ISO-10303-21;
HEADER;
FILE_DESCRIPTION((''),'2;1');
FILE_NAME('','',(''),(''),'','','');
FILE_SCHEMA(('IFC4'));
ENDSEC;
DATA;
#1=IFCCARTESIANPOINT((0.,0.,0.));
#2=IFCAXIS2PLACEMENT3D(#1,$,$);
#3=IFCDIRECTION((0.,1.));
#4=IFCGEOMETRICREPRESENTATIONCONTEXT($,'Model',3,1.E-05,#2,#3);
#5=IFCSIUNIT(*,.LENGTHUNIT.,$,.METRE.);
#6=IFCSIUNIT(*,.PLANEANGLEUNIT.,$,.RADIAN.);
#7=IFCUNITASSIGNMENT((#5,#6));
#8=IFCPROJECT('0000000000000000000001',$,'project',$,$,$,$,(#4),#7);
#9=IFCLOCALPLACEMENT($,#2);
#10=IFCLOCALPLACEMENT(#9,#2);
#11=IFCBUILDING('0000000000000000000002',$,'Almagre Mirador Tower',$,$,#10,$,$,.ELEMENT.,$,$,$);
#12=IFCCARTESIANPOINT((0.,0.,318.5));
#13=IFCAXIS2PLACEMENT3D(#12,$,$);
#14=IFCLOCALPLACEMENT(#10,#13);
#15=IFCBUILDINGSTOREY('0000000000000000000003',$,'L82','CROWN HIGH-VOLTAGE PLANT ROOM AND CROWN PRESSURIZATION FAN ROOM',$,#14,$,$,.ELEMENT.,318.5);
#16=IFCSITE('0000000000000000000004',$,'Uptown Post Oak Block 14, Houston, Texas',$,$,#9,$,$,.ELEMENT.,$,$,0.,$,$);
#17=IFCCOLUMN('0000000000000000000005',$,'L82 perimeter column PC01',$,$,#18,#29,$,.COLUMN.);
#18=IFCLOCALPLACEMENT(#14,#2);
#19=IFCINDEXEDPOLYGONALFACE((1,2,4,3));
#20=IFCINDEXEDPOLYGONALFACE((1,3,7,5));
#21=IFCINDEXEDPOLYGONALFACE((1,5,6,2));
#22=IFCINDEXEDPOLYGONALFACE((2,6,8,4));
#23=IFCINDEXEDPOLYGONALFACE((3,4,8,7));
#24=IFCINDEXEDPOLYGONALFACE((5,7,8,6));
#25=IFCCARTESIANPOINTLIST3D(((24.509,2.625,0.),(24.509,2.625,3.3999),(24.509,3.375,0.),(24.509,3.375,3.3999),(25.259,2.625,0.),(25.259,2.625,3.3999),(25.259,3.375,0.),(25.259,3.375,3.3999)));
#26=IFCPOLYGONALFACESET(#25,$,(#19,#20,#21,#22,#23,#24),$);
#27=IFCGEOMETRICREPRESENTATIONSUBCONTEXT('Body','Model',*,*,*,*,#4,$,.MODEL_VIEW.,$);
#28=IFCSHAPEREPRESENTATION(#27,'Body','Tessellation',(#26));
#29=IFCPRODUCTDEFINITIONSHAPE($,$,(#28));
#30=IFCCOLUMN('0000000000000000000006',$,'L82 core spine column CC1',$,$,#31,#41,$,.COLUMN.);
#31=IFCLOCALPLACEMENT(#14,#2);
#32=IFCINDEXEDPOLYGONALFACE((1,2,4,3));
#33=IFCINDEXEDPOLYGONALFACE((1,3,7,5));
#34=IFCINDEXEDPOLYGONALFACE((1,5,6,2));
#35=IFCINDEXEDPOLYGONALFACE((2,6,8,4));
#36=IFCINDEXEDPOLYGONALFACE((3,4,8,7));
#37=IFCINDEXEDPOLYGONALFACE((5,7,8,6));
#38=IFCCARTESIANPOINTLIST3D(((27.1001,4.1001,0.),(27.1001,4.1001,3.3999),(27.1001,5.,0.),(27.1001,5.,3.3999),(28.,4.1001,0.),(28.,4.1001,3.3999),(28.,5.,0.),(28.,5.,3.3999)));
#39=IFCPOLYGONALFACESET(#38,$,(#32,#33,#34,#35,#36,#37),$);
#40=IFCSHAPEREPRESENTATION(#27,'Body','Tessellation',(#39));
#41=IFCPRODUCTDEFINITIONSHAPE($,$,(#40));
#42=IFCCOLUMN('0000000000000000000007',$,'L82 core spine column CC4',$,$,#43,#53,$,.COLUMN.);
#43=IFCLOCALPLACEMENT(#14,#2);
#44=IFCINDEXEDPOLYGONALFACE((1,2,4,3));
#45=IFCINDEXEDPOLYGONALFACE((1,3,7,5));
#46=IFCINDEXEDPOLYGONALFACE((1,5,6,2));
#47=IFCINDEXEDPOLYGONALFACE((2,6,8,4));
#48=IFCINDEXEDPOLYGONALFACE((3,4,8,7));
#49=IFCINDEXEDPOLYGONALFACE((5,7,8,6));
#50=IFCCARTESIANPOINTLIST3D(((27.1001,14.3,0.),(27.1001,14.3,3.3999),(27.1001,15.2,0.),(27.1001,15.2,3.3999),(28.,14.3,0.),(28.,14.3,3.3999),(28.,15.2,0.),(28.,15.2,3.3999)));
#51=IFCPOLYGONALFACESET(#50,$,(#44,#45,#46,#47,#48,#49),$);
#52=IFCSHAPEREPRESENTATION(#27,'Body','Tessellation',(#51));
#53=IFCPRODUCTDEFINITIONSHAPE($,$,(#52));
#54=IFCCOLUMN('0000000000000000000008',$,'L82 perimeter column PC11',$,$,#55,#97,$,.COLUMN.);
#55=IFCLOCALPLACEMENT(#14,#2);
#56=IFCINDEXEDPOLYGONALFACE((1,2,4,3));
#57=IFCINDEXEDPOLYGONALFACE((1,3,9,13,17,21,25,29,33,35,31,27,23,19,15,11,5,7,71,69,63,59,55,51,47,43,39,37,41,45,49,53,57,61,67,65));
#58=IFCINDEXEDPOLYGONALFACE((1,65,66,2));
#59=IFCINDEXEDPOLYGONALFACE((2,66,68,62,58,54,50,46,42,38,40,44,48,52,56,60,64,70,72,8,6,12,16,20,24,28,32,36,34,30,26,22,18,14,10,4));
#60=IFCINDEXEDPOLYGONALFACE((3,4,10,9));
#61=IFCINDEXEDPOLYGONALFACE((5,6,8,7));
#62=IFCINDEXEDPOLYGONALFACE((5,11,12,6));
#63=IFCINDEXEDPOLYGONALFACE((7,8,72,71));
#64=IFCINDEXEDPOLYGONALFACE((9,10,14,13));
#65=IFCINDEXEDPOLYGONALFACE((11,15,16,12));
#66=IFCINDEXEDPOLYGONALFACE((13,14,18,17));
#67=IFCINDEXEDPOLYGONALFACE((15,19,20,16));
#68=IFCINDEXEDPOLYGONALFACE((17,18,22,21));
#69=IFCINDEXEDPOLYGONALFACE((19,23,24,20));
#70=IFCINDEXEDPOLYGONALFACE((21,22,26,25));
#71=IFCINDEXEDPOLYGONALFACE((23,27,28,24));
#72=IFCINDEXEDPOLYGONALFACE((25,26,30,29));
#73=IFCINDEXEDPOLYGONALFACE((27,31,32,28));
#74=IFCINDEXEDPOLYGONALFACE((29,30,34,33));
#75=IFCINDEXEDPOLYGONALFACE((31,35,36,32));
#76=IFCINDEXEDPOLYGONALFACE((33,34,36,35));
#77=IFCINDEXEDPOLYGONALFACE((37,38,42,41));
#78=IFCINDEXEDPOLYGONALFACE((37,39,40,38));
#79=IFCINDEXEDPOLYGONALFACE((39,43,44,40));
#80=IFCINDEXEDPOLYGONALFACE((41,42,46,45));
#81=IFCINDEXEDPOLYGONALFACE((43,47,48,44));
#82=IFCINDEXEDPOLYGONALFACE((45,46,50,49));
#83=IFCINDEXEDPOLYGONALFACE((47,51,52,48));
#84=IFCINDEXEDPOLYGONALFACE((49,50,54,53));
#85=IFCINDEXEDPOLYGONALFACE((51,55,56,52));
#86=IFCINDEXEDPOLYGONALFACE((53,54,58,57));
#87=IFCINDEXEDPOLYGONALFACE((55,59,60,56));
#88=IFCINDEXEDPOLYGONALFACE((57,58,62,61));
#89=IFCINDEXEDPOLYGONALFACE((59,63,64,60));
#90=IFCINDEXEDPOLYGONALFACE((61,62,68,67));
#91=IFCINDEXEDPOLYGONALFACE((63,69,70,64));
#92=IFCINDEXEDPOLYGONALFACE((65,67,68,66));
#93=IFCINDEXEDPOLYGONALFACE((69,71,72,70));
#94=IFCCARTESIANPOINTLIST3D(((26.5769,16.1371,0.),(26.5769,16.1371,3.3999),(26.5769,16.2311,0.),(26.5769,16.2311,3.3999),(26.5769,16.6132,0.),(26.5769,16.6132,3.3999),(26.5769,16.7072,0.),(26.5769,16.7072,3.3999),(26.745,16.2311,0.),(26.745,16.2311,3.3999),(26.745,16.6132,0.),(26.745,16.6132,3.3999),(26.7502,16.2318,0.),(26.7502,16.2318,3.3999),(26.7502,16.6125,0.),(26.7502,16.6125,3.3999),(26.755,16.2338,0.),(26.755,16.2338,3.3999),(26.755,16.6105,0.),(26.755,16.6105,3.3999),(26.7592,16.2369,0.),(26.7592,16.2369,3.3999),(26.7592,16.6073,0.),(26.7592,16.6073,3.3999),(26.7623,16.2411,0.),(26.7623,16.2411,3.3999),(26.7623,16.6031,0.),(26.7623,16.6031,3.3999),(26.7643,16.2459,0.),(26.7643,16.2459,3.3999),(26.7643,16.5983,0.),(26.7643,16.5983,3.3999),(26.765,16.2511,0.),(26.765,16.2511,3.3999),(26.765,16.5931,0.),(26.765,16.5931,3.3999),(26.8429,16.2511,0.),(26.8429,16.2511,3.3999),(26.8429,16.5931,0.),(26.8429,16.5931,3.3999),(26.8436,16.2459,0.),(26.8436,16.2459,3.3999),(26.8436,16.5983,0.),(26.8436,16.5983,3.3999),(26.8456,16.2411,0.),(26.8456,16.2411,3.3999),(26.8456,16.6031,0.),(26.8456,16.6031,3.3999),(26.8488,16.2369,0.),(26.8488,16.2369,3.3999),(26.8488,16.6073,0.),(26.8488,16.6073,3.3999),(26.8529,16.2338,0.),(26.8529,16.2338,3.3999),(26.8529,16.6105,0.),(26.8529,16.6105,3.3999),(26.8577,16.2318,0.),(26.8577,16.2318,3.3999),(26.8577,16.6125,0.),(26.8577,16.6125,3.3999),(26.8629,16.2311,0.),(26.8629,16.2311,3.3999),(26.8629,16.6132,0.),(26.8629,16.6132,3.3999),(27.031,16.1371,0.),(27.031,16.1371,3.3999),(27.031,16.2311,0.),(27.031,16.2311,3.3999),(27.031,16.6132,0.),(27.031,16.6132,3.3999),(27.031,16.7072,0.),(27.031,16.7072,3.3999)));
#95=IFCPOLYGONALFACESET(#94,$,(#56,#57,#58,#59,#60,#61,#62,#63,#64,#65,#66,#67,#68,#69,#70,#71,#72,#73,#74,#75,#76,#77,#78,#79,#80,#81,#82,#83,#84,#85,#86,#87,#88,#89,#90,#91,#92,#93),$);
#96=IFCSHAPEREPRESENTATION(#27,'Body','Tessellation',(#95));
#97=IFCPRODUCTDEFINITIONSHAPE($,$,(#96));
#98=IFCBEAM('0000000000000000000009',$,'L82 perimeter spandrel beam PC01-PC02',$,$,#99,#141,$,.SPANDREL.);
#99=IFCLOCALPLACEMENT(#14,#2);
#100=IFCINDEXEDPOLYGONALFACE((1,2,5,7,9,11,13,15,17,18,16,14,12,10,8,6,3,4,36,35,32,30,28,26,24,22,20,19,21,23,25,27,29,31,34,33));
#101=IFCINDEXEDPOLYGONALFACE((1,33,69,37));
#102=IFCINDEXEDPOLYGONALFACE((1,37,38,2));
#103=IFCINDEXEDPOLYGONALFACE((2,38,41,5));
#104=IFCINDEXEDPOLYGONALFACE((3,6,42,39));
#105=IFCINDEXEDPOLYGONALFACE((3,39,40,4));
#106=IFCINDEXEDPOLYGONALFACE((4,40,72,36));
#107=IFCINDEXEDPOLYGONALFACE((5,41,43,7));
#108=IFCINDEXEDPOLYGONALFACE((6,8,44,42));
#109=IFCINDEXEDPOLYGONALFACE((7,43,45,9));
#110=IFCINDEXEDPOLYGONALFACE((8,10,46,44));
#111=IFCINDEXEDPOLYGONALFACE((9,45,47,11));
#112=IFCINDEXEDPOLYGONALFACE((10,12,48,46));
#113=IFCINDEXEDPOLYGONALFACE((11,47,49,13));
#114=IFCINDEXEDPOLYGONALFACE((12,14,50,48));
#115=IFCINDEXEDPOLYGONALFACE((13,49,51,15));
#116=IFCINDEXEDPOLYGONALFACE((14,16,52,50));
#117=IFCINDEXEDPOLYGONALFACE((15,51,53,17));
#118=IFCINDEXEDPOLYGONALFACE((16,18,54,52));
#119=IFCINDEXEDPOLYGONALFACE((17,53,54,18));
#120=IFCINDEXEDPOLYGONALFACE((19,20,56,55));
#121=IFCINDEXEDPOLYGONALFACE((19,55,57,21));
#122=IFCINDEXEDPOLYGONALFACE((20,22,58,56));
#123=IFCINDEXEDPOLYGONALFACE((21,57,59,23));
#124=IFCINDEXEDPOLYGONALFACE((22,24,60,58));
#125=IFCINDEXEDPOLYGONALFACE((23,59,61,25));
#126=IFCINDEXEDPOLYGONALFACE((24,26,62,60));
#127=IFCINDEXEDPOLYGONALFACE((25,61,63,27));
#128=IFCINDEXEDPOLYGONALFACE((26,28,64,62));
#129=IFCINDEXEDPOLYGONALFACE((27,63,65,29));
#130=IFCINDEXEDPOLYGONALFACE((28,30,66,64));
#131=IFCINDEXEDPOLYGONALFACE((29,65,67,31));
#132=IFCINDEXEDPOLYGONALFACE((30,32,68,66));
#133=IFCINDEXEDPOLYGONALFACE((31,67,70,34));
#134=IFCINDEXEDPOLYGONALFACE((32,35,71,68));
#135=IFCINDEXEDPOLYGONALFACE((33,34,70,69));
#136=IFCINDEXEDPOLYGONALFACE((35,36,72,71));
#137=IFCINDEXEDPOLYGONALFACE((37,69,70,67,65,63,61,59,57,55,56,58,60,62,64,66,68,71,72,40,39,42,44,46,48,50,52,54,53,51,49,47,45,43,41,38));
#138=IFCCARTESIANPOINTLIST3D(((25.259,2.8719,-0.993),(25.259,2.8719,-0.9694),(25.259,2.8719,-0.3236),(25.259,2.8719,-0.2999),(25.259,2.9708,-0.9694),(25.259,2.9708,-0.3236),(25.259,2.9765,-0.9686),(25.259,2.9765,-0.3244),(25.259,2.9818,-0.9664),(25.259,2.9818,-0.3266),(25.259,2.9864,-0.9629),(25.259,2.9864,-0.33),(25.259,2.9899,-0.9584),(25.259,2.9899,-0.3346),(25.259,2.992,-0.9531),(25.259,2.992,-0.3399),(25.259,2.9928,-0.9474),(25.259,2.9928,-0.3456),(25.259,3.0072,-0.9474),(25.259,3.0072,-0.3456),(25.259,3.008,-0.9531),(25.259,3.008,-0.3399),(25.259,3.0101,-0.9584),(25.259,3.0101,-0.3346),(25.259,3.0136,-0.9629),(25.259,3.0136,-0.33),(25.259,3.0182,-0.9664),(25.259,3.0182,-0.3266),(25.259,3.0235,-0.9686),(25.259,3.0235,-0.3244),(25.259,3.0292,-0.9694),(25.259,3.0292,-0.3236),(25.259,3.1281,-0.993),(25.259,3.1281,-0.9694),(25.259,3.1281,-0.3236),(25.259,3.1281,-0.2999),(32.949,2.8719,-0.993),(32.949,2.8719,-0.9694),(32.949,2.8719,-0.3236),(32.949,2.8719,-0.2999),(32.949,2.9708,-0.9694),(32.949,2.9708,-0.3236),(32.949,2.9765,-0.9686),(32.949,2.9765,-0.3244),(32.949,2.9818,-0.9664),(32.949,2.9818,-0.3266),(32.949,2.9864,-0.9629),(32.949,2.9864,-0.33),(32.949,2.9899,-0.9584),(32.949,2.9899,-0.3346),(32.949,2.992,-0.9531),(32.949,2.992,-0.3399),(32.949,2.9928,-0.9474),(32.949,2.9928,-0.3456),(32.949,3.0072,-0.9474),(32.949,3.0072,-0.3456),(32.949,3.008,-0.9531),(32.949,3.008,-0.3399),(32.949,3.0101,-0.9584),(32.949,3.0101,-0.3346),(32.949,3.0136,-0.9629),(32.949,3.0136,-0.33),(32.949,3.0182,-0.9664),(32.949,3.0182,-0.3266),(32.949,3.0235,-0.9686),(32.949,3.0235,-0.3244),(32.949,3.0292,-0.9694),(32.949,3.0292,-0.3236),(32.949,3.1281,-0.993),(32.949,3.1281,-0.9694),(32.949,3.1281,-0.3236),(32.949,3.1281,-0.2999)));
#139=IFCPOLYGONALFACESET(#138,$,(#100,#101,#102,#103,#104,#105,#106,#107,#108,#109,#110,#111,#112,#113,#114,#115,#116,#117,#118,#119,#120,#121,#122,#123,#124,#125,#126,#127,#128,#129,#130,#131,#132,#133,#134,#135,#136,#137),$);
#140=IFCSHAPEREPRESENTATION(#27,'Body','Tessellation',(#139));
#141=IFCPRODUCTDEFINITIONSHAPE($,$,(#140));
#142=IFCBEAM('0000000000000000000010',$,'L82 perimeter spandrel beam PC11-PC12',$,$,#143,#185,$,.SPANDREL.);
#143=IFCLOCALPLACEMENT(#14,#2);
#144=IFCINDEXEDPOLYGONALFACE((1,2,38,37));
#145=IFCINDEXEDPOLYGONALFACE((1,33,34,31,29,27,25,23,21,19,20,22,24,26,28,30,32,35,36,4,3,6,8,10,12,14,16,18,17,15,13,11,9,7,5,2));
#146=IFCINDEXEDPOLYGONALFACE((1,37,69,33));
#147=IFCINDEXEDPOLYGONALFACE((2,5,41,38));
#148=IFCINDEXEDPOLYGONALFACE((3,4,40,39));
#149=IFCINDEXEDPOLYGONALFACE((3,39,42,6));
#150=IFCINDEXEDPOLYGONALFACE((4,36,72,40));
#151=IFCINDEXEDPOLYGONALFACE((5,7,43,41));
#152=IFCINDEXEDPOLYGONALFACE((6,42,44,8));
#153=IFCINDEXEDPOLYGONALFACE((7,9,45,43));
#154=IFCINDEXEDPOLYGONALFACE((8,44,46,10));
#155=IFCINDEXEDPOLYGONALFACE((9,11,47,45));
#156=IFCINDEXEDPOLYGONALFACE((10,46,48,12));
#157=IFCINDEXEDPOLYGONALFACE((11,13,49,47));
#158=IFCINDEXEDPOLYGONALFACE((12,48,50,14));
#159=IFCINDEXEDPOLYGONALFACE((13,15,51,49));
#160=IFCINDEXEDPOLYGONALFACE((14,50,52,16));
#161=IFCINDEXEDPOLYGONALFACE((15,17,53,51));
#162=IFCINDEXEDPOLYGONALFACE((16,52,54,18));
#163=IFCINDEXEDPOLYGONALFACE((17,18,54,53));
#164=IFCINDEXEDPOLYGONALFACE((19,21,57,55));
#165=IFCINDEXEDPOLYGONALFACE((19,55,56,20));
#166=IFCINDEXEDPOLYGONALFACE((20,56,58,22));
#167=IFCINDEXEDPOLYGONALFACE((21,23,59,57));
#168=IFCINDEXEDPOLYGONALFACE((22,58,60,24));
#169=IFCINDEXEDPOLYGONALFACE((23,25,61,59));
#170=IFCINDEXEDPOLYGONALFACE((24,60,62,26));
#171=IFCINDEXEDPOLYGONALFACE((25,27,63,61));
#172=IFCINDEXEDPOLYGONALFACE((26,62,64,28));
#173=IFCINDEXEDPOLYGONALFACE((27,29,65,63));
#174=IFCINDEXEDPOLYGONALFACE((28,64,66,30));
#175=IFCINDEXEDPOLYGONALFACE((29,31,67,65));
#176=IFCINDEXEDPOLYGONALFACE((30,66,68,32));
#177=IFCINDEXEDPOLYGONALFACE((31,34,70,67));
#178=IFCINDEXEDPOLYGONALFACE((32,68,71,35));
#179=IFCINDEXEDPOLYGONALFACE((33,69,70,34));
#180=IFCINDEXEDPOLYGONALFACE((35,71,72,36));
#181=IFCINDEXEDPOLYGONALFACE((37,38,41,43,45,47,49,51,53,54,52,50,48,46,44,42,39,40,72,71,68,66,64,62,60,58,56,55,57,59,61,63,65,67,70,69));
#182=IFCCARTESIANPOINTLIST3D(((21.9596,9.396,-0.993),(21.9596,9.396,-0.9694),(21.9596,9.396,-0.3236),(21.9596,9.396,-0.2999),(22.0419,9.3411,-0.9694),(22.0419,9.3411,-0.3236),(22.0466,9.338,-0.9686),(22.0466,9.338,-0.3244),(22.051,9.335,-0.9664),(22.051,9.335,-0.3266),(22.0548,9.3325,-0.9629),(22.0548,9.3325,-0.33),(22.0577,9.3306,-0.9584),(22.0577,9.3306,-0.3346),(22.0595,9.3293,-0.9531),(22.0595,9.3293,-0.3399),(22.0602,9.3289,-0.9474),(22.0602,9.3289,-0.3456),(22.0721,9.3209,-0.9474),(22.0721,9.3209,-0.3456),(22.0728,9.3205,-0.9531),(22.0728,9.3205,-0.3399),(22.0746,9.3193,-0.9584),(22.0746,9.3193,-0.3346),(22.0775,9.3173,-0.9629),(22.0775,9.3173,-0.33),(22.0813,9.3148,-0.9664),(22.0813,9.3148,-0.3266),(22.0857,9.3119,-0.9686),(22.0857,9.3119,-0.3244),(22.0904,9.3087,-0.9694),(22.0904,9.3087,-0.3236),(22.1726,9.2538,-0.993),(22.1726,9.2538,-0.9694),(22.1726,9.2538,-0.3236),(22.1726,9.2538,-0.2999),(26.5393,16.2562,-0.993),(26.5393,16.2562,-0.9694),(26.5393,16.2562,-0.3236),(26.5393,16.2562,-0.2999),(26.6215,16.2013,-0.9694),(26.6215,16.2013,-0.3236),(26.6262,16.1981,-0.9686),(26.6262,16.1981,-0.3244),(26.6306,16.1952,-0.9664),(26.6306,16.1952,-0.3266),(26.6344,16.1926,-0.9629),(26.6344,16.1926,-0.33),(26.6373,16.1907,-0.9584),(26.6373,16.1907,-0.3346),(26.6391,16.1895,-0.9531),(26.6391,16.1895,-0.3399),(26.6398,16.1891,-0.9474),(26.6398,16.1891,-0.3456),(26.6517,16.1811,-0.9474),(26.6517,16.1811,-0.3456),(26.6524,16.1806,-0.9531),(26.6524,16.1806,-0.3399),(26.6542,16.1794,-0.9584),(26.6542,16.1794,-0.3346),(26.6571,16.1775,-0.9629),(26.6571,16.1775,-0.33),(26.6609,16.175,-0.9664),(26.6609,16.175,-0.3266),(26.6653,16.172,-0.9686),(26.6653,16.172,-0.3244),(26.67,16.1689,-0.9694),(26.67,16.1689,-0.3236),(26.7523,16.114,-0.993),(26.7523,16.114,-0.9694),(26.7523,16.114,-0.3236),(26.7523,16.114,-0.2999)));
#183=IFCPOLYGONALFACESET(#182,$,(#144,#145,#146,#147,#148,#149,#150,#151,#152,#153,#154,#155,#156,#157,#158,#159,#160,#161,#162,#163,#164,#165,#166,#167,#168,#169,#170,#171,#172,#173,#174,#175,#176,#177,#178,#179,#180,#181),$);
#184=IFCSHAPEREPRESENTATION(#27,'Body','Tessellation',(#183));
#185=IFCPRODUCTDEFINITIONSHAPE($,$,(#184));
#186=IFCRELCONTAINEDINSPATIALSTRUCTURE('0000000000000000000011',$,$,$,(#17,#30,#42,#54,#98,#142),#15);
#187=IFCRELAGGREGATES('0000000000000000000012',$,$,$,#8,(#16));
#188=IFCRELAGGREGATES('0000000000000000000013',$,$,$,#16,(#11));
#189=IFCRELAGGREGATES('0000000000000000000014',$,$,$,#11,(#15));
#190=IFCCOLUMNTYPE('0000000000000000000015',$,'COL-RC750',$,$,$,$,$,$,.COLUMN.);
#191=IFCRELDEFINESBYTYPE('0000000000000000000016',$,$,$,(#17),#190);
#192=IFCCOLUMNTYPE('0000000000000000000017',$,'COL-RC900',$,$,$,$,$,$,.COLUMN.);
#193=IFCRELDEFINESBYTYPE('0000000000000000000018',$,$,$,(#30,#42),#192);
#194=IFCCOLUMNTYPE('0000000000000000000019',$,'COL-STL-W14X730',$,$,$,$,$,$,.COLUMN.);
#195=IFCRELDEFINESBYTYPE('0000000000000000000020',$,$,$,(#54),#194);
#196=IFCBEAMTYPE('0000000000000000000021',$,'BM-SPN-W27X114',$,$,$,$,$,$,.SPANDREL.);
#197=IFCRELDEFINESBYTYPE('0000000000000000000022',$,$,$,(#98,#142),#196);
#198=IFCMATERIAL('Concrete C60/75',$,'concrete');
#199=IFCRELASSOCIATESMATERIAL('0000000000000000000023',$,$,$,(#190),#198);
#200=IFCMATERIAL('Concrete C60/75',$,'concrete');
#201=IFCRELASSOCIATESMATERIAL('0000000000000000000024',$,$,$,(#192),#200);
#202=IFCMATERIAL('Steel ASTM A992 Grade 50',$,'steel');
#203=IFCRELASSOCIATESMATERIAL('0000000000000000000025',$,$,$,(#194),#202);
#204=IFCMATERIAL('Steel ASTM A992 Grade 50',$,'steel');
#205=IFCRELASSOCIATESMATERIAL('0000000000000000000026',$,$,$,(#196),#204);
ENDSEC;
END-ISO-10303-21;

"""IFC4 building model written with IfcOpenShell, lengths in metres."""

from ifc_helpers import new_model, si_unit, direction, frame, origin, origin_2d, place, context, subcontext, project, spatial, rectangle, i_section, extrude, material, material_profile, profile_set, type_object, element, save


model = new_model("IFC4")

# Units and contexts
model_context = context("Model", 3, precision=1e-05, world=origin(), true_north=direction((0.0, 1.0)))
body_context = subcontext(model_context, "Body", "Model", "MODEL_VIEW")
ifc_project = project(units=[si_unit("LENGTHUNIT", "METRE"), si_unit("PLANEANGLEUNIT", "RADIAN")], contexts=[model_context])

# Site, building, storey
site_placement = place(None, origin())
site = spatial("IfcSite", under=ifc_project, at=site_placement, Name="Uptown Post Oak Block 14, Houston, Texas", CompositionType="ELEMENT", RefElevation=0.0)
building_placement = place(site_placement, origin())
building = spatial("IfcBuilding", under=site, at=building_placement, Name="Almagre Mirador Tower", CompositionType="ELEMENT")
storey_placement = place(building_placement, frame((0.0, 0.0, 318.5)))
storey = spatial("IfcBuildingStorey", under=building, at=storey_placement, Name="L82", Description="CROWN HIGH-VOLTAGE PLANT ROOM AND CROWN PRESSURIZATION FAN ROOM", CompositionType="ELEMENT", Elevation=318.5)

# Columns
ifc_material_1 = material(Name="Concrete C60/75", Category="concrete")
ifc_material_profile_1 = material_profile(ifc_material_1, rectangle(XDim=0.75, YDim=0.75, at=origin_2d()), Name="RC750X750")
ifc_profile_set_1 = profile_set([ifc_material_profile_1], Name="Concrete C60/75")
column_type_1 = type_object("IfcColumnType", Name="COL-RC750", PredefinedType="COLUMN", material=ifc_profile_set_1)
column_1_placement = place(storey_placement, frame((24.884, 3.0, 0.0), z_axis=(0.0, 0.0, 1.0), x_axis=(1.0, 0.0, 0.0)))
element("IfcColumn", 1, at=column_1_placement, inside=storey, type_object=column_type_1, Name="L82 perimeter column PC01", PredefinedType="COLUMN", context=body_context, shape_type="SweptSolid", body=[
    extrude(rectangle(XDim=0.75, YDim=0.75, at=origin_2d()), origin(), (0.0, 0.0, 1.0), 3.3999),
])
ifc_material_2 = material(Name="Concrete C60/75", Category="concrete")
ifc_material_profile_2 = material_profile(ifc_material_2, rectangle(XDim=0.8999, YDim=0.8999, at=origin_2d()), Name="RC900X900")
ifc_profile_set_2 = profile_set([ifc_material_profile_2], Name="Concrete C60/75")
column_type_2 = type_object("IfcColumnType", Name="COL-RC900", PredefinedType="COLUMN", material=ifc_profile_set_2)
for number, where, z_axis, x_axis, name in (
    (2, (27.55, 4.55, 0.0), (0.0, 0.0, 1.0), (1.0, 0.0, 0.0), "L82 core spine column CC1"),
    (3, (27.55, 14.75, 0.0), (0.0, 0.0, 1.0), (1.0, 0.0, 0.0), "L82 core spine column CC4"),
):
    element("IfcColumn", number, at=place(storey_placement, frame(where, z_axis=z_axis, x_axis=x_axis)), inside=storey, type_object=column_type_2, Name=name, PredefinedType="COLUMN", context=body_context, shape_type="SweptSolid", body=[
        extrude(rectangle(XDim=0.8999, YDim=0.8999, at=origin_2d()), origin(), (0.0, 0.0, 1.0), 3.3999),
    ])
ifc_material_3 = material(Name="Steel ASTM A992 Grade 50", Category="steel")
ifc_material_profile_3 = material_profile(ifc_material_3, i_section(OverallWidth=0.4541, OverallDepth=0.5701, WebThickness=0.0779, FlangeThickness=0.094, FilletRadius=0.02, at=origin_2d()), Name="W14X730")
ifc_profile_set_3 = profile_set([ifc_material_profile_3], Name="Steel ASTM A992 Grade 50")
column_type_3 = type_object("IfcColumnType", Name="COL-STL-W14X730", PredefinedType="COLUMN", material=ifc_profile_set_3)
column_2_placement = place(storey_placement, frame((26.804, 16.4221, 0.0), z_axis=(0.0, 0.0, 1.0), x_axis=(1.0, 0.0, 0.0)))
element("IfcColumn", 4, at=column_2_placement, inside=storey, type_object=column_type_3, Name="L82 perimeter column PC11", PredefinedType="COLUMN", context=body_context, shape_type="SweptSolid", body=[
    extrude(i_section(OverallWidth=0.4541, OverallDepth=0.5701, WebThickness=0.0779, FlangeThickness=0.094, FilletRadius=0.02, at=origin_2d()), origin(), (0.0, 0.0, 1.0), 3.3999),
])

# Beams
ifc_material_4 = material(Name="Steel ASTM A992 Grade 50", Category="steel")
ifc_material_profile_4 = material_profile(ifc_material_4, i_section(OverallWidth=0.2561, OverallDepth=0.6931, WebThickness=0.0144, FlangeThickness=0.0237, FilletRadius=0.022, at=origin_2d()), Name="W27X114")
ifc_profile_set_4 = profile_set([ifc_material_profile_4], Name="Steel ASTM A992 Grade 50")
beam_type_1 = type_object("IfcBeamType", Name="BM-SPN-W27X114", PredefinedType="SPANDREL", material=ifc_profile_set_4)
beam_1_placement = place(storey_placement, frame((25.259, 3.0, -0.6465), z_axis=(1.0, 0.0, 0.0), x_axis=(0.0, 1.0, 0.0)))
element("IfcBeam", 5, at=beam_1_placement, inside=storey, type_object=beam_type_1, Name="L82 perimeter spandrel beam PC01-PC02", PredefinedType="SPANDREL", context=body_context, shape_type="SweptSolid", body=[
    extrude(i_section(OverallWidth=0.2561, OverallDepth=0.6931, WebThickness=0.0144, FlangeThickness=0.0237, FilletRadius=0.022, at=origin_2d()), origin(), (0.0, 0.0, 1.0), 7.6899),
])
beam_2_placement = place(storey_placement, frame((26.6458, 16.1851, -0.6465), z_axis=(-0.555219, -0.831704, 0.0), x_axis=(0.831704, -0.555219, 0.0)))
element("IfcBeam", 6, at=beam_2_placement, inside=storey, type_object=beam_type_1, Name="L82 perimeter spandrel beam PC11-PC12", PredefinedType="SPANDREL", context=body_context, shape_type="SweptSolid", body=[
    extrude(i_section(OverallWidth=0.2561, OverallDepth=0.6931, WebThickness=0.0144, FlangeThickness=0.0237, FilletRadius=0.022, at=origin_2d()), origin(), (0.0, 0.0, 1.0), 8.2483),
])

save(model, "model.ifc")
